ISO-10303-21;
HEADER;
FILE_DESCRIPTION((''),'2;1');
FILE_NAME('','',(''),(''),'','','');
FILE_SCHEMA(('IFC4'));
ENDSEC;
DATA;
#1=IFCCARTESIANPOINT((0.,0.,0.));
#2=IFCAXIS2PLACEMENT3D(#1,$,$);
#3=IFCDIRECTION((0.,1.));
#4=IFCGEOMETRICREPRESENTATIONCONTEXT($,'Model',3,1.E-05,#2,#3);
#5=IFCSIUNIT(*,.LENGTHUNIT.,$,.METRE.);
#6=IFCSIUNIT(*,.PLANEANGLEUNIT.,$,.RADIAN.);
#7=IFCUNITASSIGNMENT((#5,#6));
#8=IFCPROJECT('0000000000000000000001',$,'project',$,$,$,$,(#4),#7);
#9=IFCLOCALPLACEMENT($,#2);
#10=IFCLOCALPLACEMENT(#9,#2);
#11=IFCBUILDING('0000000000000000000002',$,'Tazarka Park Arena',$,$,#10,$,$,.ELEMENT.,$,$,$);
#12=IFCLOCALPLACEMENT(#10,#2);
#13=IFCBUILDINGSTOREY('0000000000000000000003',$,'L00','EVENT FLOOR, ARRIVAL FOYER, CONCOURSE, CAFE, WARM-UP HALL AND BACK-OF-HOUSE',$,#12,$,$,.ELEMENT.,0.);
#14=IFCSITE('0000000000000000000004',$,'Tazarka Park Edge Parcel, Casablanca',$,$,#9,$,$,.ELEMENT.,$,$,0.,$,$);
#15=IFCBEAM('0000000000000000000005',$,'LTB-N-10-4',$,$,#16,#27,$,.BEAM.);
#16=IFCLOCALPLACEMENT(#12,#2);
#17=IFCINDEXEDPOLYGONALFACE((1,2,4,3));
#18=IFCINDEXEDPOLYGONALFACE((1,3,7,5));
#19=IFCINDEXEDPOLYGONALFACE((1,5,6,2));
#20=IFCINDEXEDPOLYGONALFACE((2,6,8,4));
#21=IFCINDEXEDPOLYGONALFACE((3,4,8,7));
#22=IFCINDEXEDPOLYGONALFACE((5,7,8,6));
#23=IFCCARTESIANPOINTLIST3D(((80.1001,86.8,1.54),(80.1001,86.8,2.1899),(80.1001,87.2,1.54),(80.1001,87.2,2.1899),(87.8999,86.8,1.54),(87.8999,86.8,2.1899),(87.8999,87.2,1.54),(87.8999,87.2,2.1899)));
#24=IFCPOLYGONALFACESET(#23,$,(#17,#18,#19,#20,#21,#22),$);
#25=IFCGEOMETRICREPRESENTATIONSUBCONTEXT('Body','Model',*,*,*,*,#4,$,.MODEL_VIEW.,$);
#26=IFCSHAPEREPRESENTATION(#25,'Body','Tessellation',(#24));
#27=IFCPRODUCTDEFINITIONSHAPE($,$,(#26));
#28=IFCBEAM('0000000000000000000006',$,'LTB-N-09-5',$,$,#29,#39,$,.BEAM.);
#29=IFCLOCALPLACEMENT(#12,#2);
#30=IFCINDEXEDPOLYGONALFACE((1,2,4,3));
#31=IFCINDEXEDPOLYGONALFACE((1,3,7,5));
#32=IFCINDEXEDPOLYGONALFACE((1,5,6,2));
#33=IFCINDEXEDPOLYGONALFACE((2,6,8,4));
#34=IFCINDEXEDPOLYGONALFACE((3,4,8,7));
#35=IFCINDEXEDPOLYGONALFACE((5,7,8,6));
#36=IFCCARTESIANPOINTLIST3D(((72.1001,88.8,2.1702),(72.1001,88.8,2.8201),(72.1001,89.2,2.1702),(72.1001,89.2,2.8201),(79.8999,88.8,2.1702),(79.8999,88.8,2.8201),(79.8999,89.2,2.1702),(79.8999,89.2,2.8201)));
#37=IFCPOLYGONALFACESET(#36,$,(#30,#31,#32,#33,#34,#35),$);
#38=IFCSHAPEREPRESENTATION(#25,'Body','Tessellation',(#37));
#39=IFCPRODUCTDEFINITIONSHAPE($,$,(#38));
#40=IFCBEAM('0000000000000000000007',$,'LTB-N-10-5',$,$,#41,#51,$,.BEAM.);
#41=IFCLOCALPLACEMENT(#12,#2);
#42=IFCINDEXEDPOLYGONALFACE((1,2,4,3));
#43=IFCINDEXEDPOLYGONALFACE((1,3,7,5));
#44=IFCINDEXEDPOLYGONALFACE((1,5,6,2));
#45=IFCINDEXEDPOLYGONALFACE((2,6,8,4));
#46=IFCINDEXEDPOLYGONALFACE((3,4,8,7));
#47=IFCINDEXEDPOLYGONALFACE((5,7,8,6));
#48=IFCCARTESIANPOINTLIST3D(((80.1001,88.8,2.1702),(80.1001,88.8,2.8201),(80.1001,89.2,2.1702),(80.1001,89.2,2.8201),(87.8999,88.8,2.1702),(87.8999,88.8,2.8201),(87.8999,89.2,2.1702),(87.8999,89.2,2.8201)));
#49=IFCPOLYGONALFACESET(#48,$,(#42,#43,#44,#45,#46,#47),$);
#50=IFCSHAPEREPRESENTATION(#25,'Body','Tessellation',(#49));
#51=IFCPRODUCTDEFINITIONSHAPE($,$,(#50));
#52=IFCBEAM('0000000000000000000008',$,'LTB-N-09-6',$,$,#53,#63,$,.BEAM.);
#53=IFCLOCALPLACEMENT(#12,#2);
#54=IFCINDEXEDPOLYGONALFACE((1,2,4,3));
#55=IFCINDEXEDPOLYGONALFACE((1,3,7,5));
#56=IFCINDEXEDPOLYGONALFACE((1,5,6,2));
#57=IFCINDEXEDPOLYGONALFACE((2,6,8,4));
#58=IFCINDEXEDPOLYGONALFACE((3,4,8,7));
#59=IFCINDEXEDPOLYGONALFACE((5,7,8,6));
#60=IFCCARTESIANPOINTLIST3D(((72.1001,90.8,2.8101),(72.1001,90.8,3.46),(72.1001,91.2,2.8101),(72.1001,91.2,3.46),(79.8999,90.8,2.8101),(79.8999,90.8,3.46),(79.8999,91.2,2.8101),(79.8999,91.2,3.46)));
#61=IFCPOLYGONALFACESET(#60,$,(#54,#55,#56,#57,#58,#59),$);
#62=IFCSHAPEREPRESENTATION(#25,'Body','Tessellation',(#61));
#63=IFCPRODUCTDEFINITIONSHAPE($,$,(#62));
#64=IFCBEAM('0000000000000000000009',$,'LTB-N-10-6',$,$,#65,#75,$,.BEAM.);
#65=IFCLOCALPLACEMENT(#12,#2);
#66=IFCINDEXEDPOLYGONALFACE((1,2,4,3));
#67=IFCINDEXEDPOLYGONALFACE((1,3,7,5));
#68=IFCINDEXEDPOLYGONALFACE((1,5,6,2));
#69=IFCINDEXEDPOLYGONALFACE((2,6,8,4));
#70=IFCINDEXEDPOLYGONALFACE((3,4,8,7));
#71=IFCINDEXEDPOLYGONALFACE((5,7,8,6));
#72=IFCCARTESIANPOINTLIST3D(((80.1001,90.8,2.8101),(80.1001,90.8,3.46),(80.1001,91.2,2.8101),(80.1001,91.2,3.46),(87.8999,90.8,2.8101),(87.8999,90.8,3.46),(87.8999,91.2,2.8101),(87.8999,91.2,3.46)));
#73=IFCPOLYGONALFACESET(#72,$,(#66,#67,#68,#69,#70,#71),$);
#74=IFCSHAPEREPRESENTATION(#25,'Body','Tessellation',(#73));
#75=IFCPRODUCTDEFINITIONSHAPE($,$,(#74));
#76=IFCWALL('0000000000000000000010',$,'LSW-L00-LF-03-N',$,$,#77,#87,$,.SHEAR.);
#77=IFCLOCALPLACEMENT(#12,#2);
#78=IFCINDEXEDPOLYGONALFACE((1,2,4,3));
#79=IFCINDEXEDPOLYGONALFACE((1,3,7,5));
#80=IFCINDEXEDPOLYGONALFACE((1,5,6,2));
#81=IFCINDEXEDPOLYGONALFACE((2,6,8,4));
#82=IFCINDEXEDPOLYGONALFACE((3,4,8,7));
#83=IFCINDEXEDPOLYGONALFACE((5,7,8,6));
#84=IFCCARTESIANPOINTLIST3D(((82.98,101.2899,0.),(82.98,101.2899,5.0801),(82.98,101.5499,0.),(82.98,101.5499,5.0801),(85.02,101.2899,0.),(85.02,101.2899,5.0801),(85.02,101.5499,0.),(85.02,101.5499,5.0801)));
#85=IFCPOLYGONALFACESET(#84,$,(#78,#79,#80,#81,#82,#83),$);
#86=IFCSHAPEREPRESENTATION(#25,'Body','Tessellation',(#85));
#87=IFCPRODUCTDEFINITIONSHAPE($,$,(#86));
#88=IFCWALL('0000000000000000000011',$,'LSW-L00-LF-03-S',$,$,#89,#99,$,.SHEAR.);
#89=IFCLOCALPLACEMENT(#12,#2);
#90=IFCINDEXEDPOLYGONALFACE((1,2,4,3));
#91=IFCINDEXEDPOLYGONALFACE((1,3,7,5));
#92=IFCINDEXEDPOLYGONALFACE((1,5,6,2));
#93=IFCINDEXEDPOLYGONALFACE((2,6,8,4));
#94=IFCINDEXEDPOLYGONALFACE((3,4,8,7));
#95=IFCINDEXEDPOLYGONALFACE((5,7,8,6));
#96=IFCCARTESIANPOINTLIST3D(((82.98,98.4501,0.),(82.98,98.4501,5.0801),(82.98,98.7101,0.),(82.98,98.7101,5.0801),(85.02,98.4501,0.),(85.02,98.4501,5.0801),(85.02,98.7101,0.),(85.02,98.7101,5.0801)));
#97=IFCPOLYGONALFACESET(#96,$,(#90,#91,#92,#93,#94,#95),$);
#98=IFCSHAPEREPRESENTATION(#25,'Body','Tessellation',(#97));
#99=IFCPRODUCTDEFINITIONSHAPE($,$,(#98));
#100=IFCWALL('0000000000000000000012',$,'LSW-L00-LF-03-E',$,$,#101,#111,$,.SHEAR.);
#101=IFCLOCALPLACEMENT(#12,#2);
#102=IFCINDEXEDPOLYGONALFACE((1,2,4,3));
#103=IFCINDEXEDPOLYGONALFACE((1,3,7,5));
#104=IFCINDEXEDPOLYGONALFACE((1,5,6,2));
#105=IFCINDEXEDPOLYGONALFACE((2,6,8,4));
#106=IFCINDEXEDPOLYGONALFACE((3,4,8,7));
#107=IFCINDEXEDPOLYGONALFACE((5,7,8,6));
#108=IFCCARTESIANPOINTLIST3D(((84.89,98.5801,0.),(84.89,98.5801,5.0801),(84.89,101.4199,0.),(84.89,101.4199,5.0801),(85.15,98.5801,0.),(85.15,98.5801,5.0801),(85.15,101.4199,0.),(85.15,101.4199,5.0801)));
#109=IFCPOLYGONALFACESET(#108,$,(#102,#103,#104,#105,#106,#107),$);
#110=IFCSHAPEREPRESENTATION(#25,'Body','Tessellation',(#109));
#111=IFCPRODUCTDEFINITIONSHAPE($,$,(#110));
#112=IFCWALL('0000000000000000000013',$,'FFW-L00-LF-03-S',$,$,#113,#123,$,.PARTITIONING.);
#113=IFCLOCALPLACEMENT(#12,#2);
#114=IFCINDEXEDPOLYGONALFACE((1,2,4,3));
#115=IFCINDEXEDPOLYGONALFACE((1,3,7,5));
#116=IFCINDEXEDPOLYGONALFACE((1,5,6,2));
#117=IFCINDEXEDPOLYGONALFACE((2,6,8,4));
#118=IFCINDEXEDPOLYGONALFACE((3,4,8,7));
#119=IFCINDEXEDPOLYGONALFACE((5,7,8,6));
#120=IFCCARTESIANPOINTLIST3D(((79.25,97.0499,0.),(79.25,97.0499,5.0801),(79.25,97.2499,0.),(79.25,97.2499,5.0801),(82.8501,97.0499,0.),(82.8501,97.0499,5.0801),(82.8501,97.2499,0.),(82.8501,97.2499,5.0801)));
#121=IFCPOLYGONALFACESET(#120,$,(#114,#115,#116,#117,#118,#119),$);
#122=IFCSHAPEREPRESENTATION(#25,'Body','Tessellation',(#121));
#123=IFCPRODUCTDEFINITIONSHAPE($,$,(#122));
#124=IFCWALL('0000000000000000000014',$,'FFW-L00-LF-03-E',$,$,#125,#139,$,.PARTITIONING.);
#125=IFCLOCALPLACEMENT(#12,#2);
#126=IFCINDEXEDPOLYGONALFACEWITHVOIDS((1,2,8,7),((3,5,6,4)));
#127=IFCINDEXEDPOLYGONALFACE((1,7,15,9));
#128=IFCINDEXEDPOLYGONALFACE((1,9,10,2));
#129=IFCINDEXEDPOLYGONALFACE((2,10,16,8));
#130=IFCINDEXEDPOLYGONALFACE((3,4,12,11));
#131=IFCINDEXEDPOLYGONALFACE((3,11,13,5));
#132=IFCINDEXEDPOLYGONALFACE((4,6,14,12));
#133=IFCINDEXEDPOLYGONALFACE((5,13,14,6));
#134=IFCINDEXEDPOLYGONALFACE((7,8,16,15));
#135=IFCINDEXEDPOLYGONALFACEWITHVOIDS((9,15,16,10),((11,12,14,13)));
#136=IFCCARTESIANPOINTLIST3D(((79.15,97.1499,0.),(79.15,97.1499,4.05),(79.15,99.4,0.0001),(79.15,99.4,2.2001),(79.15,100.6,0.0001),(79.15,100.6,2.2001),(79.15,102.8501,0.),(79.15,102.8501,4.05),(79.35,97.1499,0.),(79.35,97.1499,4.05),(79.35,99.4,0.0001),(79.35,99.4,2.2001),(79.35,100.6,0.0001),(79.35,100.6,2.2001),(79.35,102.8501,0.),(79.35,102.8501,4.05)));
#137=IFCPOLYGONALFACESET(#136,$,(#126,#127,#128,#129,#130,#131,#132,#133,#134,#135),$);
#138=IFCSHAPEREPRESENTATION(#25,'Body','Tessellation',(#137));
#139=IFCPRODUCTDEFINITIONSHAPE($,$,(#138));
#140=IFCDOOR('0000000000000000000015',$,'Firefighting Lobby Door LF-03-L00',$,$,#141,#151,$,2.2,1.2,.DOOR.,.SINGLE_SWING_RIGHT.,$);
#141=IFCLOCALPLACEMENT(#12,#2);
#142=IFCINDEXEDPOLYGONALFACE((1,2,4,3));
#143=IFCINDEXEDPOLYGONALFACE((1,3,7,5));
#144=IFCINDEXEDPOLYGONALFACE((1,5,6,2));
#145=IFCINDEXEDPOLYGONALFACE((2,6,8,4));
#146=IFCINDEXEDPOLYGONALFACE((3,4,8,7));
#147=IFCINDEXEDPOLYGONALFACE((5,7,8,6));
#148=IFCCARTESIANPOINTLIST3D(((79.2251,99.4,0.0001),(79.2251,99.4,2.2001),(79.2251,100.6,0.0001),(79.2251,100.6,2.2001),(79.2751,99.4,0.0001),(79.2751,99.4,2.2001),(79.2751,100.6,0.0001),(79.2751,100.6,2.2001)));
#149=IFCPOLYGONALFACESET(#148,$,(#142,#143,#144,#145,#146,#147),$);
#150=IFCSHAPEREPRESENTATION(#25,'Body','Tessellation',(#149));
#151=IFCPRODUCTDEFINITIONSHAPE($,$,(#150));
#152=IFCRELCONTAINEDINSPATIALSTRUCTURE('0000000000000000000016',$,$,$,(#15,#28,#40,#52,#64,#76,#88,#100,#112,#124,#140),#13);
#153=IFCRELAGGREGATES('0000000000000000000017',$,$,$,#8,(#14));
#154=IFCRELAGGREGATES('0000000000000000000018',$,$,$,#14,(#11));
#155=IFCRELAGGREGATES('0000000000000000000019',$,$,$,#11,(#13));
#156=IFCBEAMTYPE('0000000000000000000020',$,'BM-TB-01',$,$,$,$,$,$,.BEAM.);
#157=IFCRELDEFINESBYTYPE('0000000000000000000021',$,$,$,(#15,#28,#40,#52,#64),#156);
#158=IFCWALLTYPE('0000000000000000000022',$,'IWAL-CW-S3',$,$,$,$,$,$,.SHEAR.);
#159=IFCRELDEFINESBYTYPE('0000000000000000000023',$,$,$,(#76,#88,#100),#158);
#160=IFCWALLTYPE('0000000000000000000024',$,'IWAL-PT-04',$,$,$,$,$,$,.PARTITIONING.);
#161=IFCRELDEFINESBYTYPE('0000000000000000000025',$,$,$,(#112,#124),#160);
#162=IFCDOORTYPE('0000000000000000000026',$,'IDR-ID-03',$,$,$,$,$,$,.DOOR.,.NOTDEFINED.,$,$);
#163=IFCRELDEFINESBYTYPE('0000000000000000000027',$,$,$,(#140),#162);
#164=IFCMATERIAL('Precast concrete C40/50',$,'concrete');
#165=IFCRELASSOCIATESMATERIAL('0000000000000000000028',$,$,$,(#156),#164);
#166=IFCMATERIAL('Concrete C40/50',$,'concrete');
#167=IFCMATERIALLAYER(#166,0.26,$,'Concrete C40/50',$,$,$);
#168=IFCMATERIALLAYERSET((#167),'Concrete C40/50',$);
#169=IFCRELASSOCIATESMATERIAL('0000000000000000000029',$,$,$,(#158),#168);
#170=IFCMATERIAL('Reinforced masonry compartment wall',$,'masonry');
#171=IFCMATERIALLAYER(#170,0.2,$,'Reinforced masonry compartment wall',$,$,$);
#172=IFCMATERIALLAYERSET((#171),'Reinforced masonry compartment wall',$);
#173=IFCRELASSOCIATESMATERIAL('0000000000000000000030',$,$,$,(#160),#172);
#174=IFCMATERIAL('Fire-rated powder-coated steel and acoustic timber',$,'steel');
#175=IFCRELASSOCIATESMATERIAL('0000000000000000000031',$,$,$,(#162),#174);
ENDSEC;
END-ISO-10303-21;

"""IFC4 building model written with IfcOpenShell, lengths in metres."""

from ifc_helpers import new_model, si_unit, direction, frame, frame_2d, origin, origin_2d, place, context, subcontext, project, spatial, rectangle, extrude, material, layer, layer_set, material_profile, profile_set, type_object, element, fill, save


model = new_model("IFC4")

# Units and contexts
model_context = context("Model", 3, precision=1e-05, world=origin(), true_north=direction((0.0, 1.0)))
body_context = subcontext(model_context, "Body", "Model", "MODEL_VIEW")
ifc_project = project(units=[si_unit("LENGTHUNIT", "METRE"), si_unit("PLANEANGLEUNIT", "RADIAN")], contexts=[model_context])

# Site, building, storey
site_placement = place(None, origin())
site = spatial("IfcSite", under=ifc_project, at=site_placement, Name="Tazarka Park Edge Parcel, Casablanca", CompositionType="ELEMENT", RefElevation=0.0)
building_placement = place(site_placement, origin())
building = spatial("IfcBuilding", under=site, at=building_placement, Name="Tazarka Park Arena", CompositionType="ELEMENT")
storey_placement = place(building_placement, origin())
storey = spatial("IfcBuildingStorey", under=building, at=storey_placement, Name="L00", Description="EVENT FLOOR, ARRIVAL FOYER, CONCOURSE, CAFE, WARM-UP HALL AND BACK-OF-HOUSE", CompositionType="ELEMENT", Elevation=0.0)

# Beams
ifc_material_1 = material(Name="Precast concrete C40/50", Category="concrete")
ifc_material_profile_1 = material_profile(ifc_material_1, rectangle(XDim=0.3999, YDim=0.6499, at=origin_2d()), Name="Precast concrete C40/50")
ifc_profile_set_1 = profile_set([ifc_material_profile_1], Name="Precast concrete C40/50")
beam_type_1 = type_object("IfcBeamType", Name="BM-TB-01", PredefinedType="BEAM", material=ifc_profile_set_1)
for number, where, z_axis, x_axis, name in (
    (1, (80.1001, 87.0, 1.865), (1.0, 0.0, 0.0), (0.0, 1.0, 0.0), "LTB-N-10-4"),
    (2, (72.1001, 89.0, 2.4951), (1.0, 0.0, 0.0), (0.0, 1.0, 0.0), "LTB-N-09-5"),
    (3, (80.1001, 89.0, 2.4951), (1.0, 0.0, 0.0), (0.0, 1.0, 0.0), "LTB-N-10-5"),
    (4, (72.1001, 91.0, 3.135), (1.0, 0.0, 0.0), (0.0, 1.0, 0.0), "LTB-N-09-6"),
    (5, (80.1001, 91.0, 3.135), (1.0, 0.0, 0.0), (0.0, 1.0, 0.0), "LTB-N-10-6"),
):
    element("IfcBeam", number, at=place(storey_placement, frame(where, z_axis=z_axis, x_axis=x_axis)), inside=storey, type_object=beam_type_1, Name=name, PredefinedType="BEAM", context=body_context, shape_type="SweptSolid", body=[
        extrude(rectangle(XDim=0.3999, YDim=0.6499, at=origin_2d()), origin(), (0.0, 0.0, 1.0), 7.7998),
    ])

# Shared definitions
ifc_material_2 = material(Name="Concrete C40/50", Category="concrete")
ifc_layer_1 = layer(ifc_material_2, 0.26, Name="Concrete C40/50")
ifc_layer_set_1 = layer_set([ifc_layer_1], Name="Concrete C40/50")
wall_type_1 = type_object("IfcWallType", Name="IWAL-CW-S3", PredefinedType="SHEAR", material=ifc_layer_set_1)

# Walls
for number, where, z_axis, x_axis, name in (
    (6, (82.98, 101.4199, 0.0), (0.0, 0.0, 1.0), (1.0, 0.0, 0.0), "LSW-L00-LF-03-N"),
    (7, (85.02, 98.5801, 0.0), (0.0, 0.0, 1.0), (-1.0, 0.0, 0.0), "LSW-L00-LF-03-S"),
):
    element("IfcWall", number, at=place(storey_placement, frame(where, z_axis=z_axis, x_axis=x_axis)), inside=storey, type_object=wall_type_1, Name=name, PredefinedType="SHEAR", context=body_context, shape_type="SweptSolid", body=[
        extrude(rectangle(XDim=2.04, YDim=0.26, at=frame_2d((1.02, 0.0))), origin(), (0.0, 0.0, 1.0), 5.0801),
    ])
wall_1_placement = place(storey_placement, frame((85.02, 101.4199, 0.0), z_axis=(0.0, 0.0, 1.0), x_axis=(0.0, -1.0, 0.0)))
element("IfcWall", 8, at=wall_1_placement, inside=storey, type_object=wall_type_1, Name="LSW-L00-LF-03-E", PredefinedType="SHEAR", context=body_context, shape_type="SweptSolid", body=[
    extrude(rectangle(XDim=2.8398, YDim=0.26, at=frame_2d((1.4199, 0.0))), origin(), (0.0, 0.0, 1.0), 5.0801),
])
ifc_material_3 = material(Name="Reinforced masonry compartment wall", Category="masonry")
ifc_layer_2 = layer(ifc_material_3, 0.2, Name="Reinforced masonry compartment wall")
ifc_layer_set_2 = layer_set([ifc_layer_2], Name="Reinforced masonry compartment wall")
wall_type_2 = type_object("IfcWallType", Name="IWAL-PT-04", PredefinedType="PARTITIONING", material=ifc_layer_set_2)
wall_2_placement = place(storey_placement, frame((82.8501, 97.1499, 0.0), z_axis=(0.0, 0.0, 1.0), x_axis=(-1.0, 0.0, 0.0)))
element("IfcWall", 9, at=wall_2_placement, inside=storey, type_object=wall_type_2, Name="FFW-L00-LF-03-S", PredefinedType="PARTITIONING", context=body_context, shape_type="SweptSolid", body=[
    extrude(rectangle(XDim=3.6001, YDim=0.2, at=frame_2d((1.8, 0.0))), origin(), (0.0, 0.0, 1.0), 5.0801),
])

# Wall, opening, door
wall_3_placement = place(storey_placement, frame((79.25, 97.1499, 0.0), z_axis=(0.0, 0.0, 1.0), x_axis=(0.0, 1.0, 0.0)))
wall_3 = element("IfcWall", 10, at=wall_3_placement, inside=storey, type_object=wall_type_2, Name="FFW-L00-LF-03-E", PredefinedType="PARTITIONING", context=body_context, shape_type="SweptSolid", body=[
    extrude(rectangle(XDim=5.7002, YDim=0.2, at=frame_2d((2.8501, 0.0))), origin(), (0.0, 0.0, 1.0), 4.05),
])
opening_1_placement = place(wall_3_placement, frame((2.25, 0.0, 0.0)))
opening_1 = element("IfcOpeningElement", 11, at=opening_1_placement, cuts=wall_3, PredefinedType="OPENING", context=body_context, shape_type="SweptSolid", body=[
    extrude(rectangle(XDim=1.2, YDim=2.2, at=frame_2d((0.6001, 1.1001))), frame((0.0, 0.1099, 0.0), z_axis=(0.0, -1.0, 0.0), x_axis=(1.0, 0.0, 0.0)), (0.0, 0.0, 1.0), 0.22),
])
ifc_material_4 = material(Name="Fire-rated powder-coated steel and acoustic timber", Category="steel")
door_type_1 = type_object("IfcDoorType", Name="IDR-ID-03", OperationType="NOTDEFINED", PredefinedType="DOOR", material=ifc_material_4)
door_1_placement = place(opening_1_placement, origin())
door_1 = element("IfcDoor", 12, at=door_1_placement, inside=storey, type_object=door_type_1, Name="Firefighting Lobby Door LF-03-L00", OperationType="SINGLE_SWING_RIGHT", OverallHeight=2.2, OverallWidth=1.2, PredefinedType="DOOR", context=body_context, shape_type="SweptSolid", body=[
    extrude(rectangle(XDim=1.2, YDim=2.2, at=frame_2d((0.6001, 1.1001))), frame((0.0, 0.0249, 0.0), z_axis=(0.0, -1.0, 0.0), x_axis=(1.0, 0.0, 0.0)), (0.0, 0.0, 1.0), 0.05),
])
fill(opening_1, door_1)

save(model, "model.ifc")
